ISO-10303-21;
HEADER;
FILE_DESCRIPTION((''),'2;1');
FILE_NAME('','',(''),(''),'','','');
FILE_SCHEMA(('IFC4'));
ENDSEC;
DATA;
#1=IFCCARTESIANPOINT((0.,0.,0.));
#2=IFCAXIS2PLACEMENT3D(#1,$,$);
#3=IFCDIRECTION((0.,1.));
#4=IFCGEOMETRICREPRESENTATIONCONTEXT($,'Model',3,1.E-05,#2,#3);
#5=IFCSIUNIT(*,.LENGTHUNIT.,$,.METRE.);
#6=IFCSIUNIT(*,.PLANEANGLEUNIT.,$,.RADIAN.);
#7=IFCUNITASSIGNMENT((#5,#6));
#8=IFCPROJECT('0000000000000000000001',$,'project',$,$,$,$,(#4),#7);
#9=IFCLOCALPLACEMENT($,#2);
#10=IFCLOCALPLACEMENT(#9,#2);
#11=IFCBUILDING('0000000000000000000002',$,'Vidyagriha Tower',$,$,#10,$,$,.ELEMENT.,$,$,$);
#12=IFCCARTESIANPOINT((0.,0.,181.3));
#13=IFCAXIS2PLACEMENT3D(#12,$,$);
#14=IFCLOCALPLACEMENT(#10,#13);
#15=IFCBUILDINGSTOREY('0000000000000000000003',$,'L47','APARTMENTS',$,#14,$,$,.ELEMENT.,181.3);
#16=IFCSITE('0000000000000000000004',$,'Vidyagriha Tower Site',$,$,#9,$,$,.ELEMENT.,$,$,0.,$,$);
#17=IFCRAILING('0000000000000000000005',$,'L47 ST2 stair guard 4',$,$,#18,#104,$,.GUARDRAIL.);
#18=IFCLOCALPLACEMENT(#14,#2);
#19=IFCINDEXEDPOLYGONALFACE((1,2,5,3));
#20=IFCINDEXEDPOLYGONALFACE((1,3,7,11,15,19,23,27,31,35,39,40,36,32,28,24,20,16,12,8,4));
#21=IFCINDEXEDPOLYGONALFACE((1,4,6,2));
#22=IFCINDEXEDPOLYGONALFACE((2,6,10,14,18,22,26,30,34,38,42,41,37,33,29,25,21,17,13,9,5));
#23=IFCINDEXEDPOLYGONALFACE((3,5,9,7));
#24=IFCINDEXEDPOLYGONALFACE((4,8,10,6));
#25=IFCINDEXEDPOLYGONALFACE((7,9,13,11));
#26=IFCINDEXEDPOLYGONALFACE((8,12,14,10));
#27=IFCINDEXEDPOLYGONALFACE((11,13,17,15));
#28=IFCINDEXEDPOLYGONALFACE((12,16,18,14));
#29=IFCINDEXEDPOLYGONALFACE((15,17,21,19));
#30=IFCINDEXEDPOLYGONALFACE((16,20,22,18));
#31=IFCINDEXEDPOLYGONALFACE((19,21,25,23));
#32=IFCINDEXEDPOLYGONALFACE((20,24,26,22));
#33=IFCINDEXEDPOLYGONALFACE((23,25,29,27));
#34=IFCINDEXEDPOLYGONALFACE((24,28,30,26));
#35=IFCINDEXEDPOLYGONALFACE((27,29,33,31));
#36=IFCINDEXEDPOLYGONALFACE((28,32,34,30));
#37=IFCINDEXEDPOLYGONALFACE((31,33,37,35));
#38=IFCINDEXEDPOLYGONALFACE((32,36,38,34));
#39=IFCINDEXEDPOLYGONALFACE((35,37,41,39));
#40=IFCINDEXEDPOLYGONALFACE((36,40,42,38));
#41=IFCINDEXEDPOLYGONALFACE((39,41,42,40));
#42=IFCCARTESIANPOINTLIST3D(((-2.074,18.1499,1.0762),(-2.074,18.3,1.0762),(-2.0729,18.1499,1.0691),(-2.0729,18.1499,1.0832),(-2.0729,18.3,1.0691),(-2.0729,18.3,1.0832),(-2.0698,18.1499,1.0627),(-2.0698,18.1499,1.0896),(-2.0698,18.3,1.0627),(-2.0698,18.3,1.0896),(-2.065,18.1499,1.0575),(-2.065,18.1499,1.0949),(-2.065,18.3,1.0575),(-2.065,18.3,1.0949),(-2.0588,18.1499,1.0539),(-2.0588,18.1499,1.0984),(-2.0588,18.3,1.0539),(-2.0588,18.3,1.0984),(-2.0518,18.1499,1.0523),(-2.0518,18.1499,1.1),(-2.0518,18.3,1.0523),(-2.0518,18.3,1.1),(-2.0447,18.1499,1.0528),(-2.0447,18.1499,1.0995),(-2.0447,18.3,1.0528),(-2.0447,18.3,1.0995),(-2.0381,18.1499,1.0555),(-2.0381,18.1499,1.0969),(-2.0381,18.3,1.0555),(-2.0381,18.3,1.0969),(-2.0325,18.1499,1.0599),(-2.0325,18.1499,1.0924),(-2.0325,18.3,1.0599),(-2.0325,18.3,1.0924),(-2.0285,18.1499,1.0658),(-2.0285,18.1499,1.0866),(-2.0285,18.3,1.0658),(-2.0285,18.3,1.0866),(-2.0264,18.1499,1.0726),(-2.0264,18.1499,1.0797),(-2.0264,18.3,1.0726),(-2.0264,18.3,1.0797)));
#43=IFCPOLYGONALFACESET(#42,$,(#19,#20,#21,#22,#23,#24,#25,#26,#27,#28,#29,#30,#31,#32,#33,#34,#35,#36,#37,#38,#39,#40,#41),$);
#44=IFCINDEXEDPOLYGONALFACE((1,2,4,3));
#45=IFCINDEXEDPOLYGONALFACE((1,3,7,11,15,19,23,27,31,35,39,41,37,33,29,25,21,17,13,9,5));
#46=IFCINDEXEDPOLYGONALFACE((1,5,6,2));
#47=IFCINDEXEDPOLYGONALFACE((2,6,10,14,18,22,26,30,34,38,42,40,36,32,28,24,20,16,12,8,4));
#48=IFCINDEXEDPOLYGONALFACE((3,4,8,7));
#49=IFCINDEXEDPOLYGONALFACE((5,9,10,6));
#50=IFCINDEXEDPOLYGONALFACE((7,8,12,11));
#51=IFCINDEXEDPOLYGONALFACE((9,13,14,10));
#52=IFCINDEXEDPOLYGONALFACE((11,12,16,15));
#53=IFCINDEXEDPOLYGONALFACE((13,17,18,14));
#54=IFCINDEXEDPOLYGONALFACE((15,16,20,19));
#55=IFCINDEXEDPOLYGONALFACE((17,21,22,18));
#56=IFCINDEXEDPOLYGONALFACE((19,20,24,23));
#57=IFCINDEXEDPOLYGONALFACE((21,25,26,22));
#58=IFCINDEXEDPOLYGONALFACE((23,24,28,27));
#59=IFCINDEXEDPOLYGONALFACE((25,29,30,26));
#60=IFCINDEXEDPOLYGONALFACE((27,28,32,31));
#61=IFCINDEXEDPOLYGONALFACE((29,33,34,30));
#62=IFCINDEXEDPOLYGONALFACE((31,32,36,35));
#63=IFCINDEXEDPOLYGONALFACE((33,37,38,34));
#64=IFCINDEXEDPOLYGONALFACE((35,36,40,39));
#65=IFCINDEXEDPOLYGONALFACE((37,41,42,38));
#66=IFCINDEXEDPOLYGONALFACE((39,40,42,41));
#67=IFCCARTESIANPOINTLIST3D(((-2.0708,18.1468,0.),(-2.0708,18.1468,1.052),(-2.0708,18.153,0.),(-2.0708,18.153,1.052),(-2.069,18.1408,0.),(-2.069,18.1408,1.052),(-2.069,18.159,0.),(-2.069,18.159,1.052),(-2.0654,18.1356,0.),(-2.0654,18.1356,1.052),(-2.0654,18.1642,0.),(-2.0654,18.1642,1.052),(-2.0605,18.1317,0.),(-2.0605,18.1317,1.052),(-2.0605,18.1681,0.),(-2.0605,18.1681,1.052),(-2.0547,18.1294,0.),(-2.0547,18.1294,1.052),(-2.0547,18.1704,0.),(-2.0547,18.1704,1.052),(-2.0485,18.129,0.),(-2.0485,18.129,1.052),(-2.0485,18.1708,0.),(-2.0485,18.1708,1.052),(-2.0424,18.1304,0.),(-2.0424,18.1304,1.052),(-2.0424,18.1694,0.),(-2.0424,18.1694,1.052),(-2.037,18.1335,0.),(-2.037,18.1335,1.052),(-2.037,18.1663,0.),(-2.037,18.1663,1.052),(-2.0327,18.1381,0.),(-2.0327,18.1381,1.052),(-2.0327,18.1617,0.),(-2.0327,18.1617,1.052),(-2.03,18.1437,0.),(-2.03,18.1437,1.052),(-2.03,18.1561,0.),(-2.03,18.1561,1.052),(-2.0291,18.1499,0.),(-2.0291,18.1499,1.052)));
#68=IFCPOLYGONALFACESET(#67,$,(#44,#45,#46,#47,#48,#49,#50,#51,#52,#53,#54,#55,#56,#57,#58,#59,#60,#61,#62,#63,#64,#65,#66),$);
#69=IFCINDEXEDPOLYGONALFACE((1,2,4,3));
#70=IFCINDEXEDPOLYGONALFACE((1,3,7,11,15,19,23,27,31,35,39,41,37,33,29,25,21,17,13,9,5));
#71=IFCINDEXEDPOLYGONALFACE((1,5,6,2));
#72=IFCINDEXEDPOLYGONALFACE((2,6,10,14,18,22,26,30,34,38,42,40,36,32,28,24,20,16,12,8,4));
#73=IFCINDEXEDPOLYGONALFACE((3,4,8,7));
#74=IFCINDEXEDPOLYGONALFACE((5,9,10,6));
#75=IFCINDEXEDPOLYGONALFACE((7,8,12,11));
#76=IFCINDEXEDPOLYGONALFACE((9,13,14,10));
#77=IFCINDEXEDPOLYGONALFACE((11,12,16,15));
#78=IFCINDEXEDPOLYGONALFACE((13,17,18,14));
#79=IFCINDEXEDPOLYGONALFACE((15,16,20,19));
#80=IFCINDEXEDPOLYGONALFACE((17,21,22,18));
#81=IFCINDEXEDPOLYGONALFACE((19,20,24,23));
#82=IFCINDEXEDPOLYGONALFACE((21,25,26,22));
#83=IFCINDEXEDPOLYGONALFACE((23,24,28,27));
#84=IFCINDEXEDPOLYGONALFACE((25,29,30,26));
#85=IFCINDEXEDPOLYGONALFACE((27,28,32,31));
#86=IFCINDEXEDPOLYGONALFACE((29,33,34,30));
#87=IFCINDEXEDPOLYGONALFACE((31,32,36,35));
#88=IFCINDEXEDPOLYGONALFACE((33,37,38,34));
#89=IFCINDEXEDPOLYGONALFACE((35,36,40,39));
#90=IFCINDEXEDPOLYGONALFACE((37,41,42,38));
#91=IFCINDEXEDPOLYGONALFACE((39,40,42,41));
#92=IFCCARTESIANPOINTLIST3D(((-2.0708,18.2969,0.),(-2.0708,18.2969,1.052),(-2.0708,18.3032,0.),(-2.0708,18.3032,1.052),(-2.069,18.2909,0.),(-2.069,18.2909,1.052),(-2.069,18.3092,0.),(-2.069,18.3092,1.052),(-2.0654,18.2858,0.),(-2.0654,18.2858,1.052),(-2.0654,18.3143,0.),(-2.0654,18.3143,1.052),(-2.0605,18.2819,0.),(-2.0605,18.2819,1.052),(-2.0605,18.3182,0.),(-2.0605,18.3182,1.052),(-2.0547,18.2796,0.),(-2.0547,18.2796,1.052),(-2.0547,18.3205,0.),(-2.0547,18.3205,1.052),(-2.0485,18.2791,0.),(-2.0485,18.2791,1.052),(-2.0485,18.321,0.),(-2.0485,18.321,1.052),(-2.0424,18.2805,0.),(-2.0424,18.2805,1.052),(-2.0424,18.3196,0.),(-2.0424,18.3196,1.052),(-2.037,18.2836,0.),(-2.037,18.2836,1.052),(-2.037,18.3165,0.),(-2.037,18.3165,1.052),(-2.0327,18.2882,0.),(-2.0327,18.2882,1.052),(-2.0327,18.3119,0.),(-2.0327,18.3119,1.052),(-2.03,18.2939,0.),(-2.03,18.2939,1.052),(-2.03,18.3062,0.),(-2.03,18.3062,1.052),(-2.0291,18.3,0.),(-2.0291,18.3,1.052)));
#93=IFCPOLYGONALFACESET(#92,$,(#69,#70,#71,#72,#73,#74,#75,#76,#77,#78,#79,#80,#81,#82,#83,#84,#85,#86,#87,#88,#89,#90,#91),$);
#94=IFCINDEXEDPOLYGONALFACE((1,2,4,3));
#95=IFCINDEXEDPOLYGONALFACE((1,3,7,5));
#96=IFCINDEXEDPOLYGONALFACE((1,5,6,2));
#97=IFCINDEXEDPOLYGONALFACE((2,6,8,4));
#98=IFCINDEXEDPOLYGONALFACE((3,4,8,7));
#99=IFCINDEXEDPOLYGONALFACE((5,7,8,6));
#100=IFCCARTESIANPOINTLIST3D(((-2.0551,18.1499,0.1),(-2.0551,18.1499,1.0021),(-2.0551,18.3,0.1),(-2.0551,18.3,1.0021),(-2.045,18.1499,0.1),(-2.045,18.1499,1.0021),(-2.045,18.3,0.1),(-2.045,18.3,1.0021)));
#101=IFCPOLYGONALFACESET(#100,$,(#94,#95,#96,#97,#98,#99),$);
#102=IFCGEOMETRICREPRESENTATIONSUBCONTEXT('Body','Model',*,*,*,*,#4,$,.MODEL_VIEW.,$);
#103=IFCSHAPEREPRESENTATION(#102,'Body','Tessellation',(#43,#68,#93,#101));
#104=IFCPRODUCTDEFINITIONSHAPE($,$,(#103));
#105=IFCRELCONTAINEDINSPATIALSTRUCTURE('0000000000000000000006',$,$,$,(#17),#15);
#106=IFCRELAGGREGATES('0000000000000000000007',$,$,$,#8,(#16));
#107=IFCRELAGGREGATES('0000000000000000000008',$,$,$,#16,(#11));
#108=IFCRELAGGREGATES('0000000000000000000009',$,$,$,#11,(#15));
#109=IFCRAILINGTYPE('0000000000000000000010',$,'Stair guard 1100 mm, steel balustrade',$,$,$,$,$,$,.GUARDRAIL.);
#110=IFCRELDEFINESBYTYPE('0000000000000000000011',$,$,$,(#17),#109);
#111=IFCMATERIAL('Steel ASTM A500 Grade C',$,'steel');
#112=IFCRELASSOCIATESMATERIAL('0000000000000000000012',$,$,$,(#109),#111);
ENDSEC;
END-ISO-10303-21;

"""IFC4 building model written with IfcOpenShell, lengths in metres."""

from ifc_helpers import new_model, si_unit, direction, frame, origin, origin_2d, place, context, subcontext, project, spatial, rectangle, circle, extrude, material, type_object, element, save


model = new_model("IFC4")

# Units and contexts
model_context = context("Model", 3, precision=1e-05, world=origin(), true_north=direction((0.0, 1.0)))
body_context = subcontext(model_context, "Body", "Model", "MODEL_VIEW")
ifc_project = project(units=[si_unit("LENGTHUNIT", "METRE"), si_unit("PLANEANGLEUNIT", "RADIAN")], contexts=[model_context])

# Site, building, storey
site_placement = place(None, origin())
site = spatial("IfcSite", under=ifc_project, at=site_placement, Name="Vidyagriha Tower Site", CompositionType="ELEMENT", RefElevation=0.0)
building_placement = place(site_placement, origin())
building = spatial("IfcBuilding", under=site, at=building_placement, Name="Vidyagriha Tower", CompositionType="ELEMENT")
storey_placement = place(building_placement, frame((0.0, 0.0, 181.3)))
storey = spatial("IfcBuildingStorey", under=building, at=storey_placement, Name="L47", Description="APARTMENTS", CompositionType="ELEMENT", Elevation=181.3)

# Railing
ifc_material_1 = material(Name="Steel ASTM A500 Grade C", Category="steel")
railing_type_1 = type_object("IfcRailingType", Name="Stair guard 1100 mm, steel balustrade", PredefinedType="GUARDRAIL", material=ifc_material_1)
railing_1_placement = place(storey_placement, frame((-2.05, 18.1499, 0.0)))
element("IfcRailing", 1, at=railing_1_placement, inside=storey, type_object=railing_type_1, Name="L47 ST2 stair guard 4", PredefinedType="GUARDRAIL", context=body_context, shape_type="SweptSolid", body=[
    extrude(circle(Radius=0.0239, at=origin_2d()), frame((0.0, 0.0, 1.0762), z_axis=(0.0, 1.0, 0.0), x_axis=(-1.0, 0.0, 0.0)), (0.0, 0.0, 1.0), 0.1501),
    extrude(circle(Radius=0.021, at=origin_2d()), origin(), (0.0, 0.0, 1.0), 1.052),
    extrude(circle(Radius=0.021, at=origin_2d()), frame((0.0, 0.1501, 0.0)), (0.0, 0.0, 1.0), 1.052),
    extrude(rectangle(XDim=0.01, YDim=0.9021, at=origin_2d()), frame((0.0, 0.0, 0.551), z_axis=(0.0, 1.0, 0.0), x_axis=(-1.0, 0.0, 0.0)), (0.0, 0.0, 1.0), 0.1501),
])

save(model, "model.ifc")
